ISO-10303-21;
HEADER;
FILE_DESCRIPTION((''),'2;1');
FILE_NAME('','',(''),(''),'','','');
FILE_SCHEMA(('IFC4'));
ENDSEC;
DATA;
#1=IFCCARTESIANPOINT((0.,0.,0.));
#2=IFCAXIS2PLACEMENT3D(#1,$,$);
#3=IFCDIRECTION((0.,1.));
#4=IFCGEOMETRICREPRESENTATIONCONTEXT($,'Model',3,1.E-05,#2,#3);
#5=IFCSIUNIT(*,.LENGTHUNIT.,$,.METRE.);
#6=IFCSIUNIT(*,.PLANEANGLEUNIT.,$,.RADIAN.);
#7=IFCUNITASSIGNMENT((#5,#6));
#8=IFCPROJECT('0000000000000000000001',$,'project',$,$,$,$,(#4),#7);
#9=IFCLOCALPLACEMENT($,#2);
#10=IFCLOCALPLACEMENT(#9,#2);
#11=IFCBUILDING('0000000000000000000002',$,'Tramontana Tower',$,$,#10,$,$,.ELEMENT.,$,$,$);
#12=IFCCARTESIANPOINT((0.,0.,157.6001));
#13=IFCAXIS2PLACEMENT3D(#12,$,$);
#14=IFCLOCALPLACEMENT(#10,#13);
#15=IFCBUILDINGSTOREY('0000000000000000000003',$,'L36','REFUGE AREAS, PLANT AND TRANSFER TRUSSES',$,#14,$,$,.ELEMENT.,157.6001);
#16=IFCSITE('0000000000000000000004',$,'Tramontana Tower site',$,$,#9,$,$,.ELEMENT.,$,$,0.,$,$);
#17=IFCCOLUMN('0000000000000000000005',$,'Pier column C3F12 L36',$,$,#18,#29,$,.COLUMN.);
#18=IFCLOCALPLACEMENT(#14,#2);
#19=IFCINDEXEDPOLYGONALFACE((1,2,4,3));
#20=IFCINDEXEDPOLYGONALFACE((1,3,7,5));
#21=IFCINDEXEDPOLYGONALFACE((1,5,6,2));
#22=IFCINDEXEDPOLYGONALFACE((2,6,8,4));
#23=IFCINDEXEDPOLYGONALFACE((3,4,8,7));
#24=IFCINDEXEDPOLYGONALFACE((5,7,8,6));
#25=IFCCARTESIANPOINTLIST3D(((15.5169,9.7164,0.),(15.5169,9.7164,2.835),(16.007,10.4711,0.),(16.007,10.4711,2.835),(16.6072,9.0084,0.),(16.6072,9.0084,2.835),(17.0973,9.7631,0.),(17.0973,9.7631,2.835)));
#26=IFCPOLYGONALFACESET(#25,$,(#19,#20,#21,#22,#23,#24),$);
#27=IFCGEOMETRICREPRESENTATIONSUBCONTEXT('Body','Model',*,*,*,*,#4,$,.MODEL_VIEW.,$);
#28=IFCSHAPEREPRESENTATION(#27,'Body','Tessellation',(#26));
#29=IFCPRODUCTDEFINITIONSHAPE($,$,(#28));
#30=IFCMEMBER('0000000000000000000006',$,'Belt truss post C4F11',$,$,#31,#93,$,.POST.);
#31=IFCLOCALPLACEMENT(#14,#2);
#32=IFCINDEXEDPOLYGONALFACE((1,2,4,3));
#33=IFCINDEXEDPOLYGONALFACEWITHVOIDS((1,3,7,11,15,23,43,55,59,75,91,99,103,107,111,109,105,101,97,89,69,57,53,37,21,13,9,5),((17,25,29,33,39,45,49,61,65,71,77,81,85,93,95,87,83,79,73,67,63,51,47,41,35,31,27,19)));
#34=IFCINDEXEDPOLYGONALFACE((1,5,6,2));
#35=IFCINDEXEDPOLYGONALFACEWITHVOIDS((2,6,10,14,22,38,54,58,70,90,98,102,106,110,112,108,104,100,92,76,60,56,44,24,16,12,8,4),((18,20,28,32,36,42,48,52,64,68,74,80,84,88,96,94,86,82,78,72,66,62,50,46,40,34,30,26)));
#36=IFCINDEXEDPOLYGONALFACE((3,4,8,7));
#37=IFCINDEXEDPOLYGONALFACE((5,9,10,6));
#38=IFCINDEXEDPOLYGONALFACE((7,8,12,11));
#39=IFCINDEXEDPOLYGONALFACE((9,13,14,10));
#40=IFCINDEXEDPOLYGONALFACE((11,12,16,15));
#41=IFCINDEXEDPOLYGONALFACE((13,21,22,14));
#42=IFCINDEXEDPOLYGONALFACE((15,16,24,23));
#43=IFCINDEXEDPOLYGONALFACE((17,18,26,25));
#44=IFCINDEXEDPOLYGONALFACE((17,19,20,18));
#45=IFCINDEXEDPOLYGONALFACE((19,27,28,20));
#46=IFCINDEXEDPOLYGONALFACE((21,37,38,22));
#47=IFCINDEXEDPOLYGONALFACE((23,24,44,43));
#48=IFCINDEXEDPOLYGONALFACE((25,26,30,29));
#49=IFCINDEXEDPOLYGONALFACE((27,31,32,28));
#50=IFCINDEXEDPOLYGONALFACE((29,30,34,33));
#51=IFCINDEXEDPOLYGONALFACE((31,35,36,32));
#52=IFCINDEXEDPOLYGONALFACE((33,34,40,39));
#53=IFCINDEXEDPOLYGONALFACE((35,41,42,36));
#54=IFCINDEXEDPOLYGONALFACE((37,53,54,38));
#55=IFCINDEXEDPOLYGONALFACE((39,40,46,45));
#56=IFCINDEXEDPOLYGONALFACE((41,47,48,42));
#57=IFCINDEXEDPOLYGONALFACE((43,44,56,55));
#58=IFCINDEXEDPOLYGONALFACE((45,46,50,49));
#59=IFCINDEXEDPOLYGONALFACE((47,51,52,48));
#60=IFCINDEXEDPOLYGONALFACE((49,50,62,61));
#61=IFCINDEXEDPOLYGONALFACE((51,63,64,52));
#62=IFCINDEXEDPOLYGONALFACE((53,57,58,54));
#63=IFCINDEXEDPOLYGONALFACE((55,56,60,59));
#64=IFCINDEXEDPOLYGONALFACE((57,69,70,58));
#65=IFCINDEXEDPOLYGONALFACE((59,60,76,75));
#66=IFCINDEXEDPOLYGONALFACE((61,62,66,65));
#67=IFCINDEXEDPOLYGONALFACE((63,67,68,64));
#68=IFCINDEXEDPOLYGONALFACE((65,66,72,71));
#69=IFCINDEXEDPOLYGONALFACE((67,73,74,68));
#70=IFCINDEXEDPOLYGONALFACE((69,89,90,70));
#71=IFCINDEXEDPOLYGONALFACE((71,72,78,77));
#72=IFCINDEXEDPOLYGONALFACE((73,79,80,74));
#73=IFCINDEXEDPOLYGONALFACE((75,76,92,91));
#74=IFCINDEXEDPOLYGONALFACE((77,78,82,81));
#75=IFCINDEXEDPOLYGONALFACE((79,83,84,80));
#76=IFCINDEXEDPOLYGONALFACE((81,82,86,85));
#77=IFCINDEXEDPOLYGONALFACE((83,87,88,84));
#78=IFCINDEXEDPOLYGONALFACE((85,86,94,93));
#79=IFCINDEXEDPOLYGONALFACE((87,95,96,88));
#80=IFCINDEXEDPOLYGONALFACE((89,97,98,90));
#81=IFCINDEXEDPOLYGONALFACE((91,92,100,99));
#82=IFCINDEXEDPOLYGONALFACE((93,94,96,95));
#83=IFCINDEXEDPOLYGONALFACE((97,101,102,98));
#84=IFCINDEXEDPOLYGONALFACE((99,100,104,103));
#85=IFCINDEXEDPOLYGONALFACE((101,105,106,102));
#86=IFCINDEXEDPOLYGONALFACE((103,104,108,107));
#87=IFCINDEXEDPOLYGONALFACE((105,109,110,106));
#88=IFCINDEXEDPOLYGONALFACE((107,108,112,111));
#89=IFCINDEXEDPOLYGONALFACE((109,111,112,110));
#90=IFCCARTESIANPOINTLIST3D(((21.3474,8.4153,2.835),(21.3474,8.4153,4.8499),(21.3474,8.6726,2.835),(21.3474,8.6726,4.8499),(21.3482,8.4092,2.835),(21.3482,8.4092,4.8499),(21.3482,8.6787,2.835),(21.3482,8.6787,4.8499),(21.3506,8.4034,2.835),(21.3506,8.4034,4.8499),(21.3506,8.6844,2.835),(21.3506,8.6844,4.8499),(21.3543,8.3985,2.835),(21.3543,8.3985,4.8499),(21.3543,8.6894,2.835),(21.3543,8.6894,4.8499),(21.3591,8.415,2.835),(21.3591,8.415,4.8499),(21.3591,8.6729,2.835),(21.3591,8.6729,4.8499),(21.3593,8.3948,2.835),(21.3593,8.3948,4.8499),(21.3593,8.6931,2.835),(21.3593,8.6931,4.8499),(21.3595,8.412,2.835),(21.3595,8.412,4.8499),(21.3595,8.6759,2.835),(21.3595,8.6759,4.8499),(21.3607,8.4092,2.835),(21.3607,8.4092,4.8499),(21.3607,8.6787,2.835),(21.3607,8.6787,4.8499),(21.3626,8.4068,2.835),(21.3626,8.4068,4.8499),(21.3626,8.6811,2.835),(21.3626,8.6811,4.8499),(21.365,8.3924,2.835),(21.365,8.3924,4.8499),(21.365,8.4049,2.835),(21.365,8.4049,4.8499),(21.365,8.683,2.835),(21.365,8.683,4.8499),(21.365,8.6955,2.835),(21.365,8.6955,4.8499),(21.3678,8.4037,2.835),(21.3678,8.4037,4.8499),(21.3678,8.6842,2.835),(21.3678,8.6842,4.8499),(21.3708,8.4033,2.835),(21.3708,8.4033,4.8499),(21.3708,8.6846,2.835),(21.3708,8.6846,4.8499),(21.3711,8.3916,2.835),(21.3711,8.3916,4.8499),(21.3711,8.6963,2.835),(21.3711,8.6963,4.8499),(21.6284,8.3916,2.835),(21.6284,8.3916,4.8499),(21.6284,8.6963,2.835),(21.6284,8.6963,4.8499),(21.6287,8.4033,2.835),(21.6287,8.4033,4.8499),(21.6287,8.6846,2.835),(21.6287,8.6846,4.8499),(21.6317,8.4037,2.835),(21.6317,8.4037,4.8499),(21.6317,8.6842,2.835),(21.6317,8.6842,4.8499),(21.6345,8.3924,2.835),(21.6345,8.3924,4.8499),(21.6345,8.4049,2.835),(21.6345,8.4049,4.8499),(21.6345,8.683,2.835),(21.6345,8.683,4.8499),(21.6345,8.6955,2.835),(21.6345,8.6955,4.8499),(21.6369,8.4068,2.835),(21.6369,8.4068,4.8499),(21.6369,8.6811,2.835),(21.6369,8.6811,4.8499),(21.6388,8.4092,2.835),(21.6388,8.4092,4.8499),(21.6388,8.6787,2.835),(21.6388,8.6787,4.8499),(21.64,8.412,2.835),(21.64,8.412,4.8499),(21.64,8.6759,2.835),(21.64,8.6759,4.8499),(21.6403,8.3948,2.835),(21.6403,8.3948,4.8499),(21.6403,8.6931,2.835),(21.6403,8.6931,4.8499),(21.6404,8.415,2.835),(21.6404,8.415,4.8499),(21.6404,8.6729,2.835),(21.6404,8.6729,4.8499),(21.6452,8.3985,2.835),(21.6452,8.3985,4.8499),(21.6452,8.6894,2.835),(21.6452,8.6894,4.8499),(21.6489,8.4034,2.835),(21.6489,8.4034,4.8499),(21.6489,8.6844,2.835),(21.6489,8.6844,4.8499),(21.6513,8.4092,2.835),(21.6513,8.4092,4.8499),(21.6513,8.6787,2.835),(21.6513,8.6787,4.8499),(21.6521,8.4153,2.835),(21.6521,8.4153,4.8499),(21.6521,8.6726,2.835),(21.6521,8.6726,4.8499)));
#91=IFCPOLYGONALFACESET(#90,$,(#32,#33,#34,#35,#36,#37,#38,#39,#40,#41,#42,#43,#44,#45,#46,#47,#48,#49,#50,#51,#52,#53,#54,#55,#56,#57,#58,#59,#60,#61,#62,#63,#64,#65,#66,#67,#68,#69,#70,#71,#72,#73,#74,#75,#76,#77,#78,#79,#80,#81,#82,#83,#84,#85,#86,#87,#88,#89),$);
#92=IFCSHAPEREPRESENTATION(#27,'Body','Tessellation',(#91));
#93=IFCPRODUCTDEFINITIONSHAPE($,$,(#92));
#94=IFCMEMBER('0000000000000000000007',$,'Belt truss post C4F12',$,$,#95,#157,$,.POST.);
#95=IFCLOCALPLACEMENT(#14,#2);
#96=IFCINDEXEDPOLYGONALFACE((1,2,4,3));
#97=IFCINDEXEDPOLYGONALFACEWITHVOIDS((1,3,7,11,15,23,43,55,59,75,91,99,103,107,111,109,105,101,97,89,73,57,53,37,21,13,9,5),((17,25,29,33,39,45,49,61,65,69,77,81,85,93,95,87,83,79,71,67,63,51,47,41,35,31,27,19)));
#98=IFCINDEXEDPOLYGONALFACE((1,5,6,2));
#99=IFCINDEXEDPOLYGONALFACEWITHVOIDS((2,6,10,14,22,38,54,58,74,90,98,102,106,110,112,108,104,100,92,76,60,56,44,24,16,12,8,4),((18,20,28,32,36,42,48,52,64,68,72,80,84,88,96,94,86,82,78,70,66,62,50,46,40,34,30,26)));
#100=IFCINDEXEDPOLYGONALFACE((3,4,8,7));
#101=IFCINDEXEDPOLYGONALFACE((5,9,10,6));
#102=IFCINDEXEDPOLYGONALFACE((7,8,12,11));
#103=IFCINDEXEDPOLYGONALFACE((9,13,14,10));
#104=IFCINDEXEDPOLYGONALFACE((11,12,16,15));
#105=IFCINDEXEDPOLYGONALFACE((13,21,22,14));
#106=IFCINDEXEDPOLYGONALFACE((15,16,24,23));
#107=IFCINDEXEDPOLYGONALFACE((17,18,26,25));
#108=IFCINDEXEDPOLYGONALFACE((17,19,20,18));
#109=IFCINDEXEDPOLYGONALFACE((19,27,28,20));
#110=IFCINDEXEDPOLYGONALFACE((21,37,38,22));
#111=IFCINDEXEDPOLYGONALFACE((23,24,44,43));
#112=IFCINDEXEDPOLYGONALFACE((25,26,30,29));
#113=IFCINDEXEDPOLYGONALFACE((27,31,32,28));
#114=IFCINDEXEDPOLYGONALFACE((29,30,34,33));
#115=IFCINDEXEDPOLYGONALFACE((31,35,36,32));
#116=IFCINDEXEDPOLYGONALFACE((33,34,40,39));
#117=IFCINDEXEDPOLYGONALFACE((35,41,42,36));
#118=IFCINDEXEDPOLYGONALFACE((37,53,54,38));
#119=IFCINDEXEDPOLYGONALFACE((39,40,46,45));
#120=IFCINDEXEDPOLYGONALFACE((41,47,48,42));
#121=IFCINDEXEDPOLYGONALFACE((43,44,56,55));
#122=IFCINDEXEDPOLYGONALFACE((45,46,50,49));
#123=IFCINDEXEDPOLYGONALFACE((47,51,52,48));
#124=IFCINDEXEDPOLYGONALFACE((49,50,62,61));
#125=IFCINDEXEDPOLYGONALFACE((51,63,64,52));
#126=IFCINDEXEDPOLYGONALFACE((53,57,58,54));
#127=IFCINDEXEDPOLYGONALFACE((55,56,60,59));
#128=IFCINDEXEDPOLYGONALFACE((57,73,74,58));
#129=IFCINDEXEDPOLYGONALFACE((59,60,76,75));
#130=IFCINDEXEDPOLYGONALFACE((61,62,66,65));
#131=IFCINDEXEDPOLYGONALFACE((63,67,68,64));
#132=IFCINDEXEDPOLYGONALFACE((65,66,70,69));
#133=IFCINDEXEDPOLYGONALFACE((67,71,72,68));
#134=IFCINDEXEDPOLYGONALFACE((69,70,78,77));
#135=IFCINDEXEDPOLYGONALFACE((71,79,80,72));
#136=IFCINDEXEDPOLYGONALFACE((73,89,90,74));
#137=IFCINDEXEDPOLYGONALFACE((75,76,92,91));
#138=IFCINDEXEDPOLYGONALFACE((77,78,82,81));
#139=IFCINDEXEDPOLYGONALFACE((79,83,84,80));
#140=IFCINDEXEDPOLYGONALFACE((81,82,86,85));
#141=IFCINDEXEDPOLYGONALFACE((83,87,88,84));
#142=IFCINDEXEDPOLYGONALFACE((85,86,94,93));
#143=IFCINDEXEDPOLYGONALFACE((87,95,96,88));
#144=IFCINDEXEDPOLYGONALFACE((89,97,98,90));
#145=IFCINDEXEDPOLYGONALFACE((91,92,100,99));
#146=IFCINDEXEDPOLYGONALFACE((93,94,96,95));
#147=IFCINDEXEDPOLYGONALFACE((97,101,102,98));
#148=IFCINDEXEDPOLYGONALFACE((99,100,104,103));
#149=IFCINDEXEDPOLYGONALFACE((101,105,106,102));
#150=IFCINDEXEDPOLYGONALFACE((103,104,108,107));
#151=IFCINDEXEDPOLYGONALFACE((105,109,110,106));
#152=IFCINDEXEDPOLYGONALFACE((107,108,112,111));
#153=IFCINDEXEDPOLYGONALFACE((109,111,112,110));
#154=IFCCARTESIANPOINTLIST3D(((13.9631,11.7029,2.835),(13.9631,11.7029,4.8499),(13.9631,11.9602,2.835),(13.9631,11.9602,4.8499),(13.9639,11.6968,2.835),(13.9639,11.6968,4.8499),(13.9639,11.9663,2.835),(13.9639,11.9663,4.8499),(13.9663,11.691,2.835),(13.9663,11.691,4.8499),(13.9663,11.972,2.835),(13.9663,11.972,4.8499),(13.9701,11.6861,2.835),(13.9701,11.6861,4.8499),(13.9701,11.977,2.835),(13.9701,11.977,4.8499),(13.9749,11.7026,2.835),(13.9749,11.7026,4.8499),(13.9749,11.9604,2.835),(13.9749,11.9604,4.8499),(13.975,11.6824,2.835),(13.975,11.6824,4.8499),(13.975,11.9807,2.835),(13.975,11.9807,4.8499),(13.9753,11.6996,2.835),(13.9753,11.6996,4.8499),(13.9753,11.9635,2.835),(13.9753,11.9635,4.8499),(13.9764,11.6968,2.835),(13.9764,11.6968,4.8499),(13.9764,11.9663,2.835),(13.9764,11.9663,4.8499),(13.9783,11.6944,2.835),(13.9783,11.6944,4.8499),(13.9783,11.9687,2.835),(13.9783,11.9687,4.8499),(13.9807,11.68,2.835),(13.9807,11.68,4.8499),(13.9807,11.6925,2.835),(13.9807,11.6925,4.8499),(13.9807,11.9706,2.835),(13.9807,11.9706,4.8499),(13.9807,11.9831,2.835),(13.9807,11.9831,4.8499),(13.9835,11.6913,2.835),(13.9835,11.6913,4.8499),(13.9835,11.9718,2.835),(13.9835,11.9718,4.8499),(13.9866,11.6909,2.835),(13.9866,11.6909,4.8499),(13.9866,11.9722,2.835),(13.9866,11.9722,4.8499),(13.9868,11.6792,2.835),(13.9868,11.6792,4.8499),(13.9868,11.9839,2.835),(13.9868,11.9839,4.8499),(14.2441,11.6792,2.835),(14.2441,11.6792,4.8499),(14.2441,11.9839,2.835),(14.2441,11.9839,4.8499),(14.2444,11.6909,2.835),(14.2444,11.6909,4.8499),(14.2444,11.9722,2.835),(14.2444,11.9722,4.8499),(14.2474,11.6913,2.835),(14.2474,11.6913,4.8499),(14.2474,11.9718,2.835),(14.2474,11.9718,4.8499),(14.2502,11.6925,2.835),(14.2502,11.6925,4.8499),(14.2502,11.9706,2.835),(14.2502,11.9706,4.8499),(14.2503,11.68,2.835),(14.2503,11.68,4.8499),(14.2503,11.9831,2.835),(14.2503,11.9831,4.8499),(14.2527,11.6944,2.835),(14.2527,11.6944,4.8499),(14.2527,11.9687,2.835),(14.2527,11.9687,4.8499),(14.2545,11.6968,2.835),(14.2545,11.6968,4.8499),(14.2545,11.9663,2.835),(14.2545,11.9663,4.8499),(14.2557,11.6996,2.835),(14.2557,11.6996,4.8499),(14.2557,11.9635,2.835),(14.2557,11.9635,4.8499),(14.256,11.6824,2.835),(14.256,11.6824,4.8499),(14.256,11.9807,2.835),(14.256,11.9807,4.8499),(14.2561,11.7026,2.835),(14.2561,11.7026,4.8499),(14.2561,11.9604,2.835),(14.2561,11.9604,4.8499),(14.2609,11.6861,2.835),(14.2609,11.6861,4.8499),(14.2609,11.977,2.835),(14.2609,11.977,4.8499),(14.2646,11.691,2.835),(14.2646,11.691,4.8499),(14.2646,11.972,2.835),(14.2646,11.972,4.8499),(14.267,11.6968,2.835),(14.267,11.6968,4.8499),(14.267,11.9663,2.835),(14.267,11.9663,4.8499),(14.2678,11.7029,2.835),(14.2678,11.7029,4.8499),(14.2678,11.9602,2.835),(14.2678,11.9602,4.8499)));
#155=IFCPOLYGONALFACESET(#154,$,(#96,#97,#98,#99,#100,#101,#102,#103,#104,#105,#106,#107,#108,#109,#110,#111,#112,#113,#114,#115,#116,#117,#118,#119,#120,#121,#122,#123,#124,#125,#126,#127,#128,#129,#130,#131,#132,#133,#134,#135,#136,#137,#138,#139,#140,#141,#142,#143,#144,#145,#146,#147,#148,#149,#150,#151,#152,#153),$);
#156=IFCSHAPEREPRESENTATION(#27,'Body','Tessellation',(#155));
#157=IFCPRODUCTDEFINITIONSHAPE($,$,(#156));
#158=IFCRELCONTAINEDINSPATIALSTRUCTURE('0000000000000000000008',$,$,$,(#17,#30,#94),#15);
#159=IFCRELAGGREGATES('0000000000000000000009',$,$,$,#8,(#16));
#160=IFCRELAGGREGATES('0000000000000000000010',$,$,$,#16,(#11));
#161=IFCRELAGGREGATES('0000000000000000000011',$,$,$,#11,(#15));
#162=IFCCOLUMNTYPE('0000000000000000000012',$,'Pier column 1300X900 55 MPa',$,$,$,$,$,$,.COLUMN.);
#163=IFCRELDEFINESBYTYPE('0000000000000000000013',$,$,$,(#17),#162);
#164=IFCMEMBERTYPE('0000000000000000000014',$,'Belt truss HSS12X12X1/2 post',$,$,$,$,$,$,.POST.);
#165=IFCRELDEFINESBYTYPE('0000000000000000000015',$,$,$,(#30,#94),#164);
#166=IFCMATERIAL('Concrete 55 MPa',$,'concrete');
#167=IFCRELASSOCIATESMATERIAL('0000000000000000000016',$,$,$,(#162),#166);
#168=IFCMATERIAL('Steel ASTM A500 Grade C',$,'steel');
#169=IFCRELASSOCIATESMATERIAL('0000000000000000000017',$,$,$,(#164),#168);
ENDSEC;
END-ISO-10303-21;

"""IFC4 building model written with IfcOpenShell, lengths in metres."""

from ifc_helpers import new_model, si_unit, direction, frame, origin, origin_2d, place, context, subcontext, project, spatial, rectangle, hollow_rectangle, extrude, material, material_profile, profile_set, type_object, element, save


model = new_model("IFC4")

# Units and contexts
model_context = context("Model", 3, precision=1e-05, world=origin(), true_north=direction((0.0, 1.0)))
body_context = subcontext(model_context, "Body", "Model", "MODEL_VIEW")
ifc_project = project(units=[si_unit("LENGTHUNIT", "METRE"), si_unit("PLANEANGLEUNIT", "RADIAN")], contexts=[model_context])

# Site, building, storey
site_placement = place(None, origin())
site = spatial("IfcSite", under=ifc_project, at=site_placement, Name="Tramontana Tower site", CompositionType="ELEMENT", RefElevation=0.0)
building_placement = place(site_placement, origin())
building = spatial("IfcBuilding", under=site, at=building_placement, Name="Tramontana Tower", CompositionType="ELEMENT")
storey_placement = place(building_placement, frame((0.0, 0.0, 157.6001)))
storey = spatial("IfcBuildingStorey", under=building, at=storey_placement, Name="L36", Description="REFUGE AREAS, PLANT AND TRANSFER TRUSSES", CompositionType="ELEMENT", Elevation=157.6001)

# Column
ifc_material_1 = material(Name="Concrete 55 MPa", Category="concrete")
ifc_material_profile_1 = material_profile(ifc_material_1, rectangle(XDim=1.3, YDim=0.8999, at=origin_2d()), Name="Pier column 1300X900 55 MPa")
ifc_profile_set_1 = profile_set([ifc_material_profile_1], Name="Concrete 55 MPa")
column_type = type_object("IfcColumnType", Name="Pier column 1300X900 55 MPa", PredefinedType="COLUMN", material=ifc_profile_set_1)
column_placement = place(storey_placement, frame((16.3071, 9.7397, 0.0), z_axis=(0.0, 0.0, 1.0), x_axis=(-0.838671, 0.544639, 0.0)))
element("IfcColumn", 1, at=column_placement, inside=storey, type_object=column_type, Name="Pier column C3F12 L36", PredefinedType="COLUMN", context=body_context, shape_type="SweptSolid", body=[
    extrude(rectangle(XDim=1.3, YDim=0.8999, at=origin_2d()), origin(), (0.0, 0.0, 1.0), 2.835),
])

# Members
ifc_material_2 = material(Name="Steel ASTM A500 Grade C", Category="steel")
ifc_material_profile_2 = material_profile(ifc_material_2, hollow_rectangle(XDim=0.3047, YDim=0.3047, WallThickness=0.0117, InnerFilletRadius=0.0117, OuterFilletRadius=0.0237, at=origin_2d()), Name="HSS12X12X1/2")
ifc_profile_set_2 = profile_set([ifc_material_profile_2], Name="Steel ASTM A500 Grade C")
member_type_1 = type_object("IfcMemberType", Name="Belt truss HSS12X12X1/2 post", PredefinedType="POST", material=ifc_profile_set_2)
for number, where, z_axis, x_axis, name in (
    (2, (21.4998, 8.5439, 2.835), (0.0, 0.0, 1.0), (1.0, 0.0, 0.0), "Belt truss post C4F11"),
    (3, (14.1155, 11.8315, 2.835), (0.0, 0.0, 1.0), (1.0, 0.0, 0.0), "Belt truss post C4F12"),
):
    element("IfcMember", number, at=place(storey_placement, frame(where, z_axis=z_axis, x_axis=x_axis)), inside=storey, type_object=member_type_1, Name=name, PredefinedType="POST", context=body_context, shape_type="SweptSolid", body=[
        extrude(hollow_rectangle(XDim=0.3047, YDim=0.3047, WallThickness=0.0117, InnerFilletRadius=0.0117, OuterFilletRadius=0.0237, at=origin_2d()), origin(), (0.0, 0.0, 1.0), 2.0149),
    ])

save(model, "model.ifc")
